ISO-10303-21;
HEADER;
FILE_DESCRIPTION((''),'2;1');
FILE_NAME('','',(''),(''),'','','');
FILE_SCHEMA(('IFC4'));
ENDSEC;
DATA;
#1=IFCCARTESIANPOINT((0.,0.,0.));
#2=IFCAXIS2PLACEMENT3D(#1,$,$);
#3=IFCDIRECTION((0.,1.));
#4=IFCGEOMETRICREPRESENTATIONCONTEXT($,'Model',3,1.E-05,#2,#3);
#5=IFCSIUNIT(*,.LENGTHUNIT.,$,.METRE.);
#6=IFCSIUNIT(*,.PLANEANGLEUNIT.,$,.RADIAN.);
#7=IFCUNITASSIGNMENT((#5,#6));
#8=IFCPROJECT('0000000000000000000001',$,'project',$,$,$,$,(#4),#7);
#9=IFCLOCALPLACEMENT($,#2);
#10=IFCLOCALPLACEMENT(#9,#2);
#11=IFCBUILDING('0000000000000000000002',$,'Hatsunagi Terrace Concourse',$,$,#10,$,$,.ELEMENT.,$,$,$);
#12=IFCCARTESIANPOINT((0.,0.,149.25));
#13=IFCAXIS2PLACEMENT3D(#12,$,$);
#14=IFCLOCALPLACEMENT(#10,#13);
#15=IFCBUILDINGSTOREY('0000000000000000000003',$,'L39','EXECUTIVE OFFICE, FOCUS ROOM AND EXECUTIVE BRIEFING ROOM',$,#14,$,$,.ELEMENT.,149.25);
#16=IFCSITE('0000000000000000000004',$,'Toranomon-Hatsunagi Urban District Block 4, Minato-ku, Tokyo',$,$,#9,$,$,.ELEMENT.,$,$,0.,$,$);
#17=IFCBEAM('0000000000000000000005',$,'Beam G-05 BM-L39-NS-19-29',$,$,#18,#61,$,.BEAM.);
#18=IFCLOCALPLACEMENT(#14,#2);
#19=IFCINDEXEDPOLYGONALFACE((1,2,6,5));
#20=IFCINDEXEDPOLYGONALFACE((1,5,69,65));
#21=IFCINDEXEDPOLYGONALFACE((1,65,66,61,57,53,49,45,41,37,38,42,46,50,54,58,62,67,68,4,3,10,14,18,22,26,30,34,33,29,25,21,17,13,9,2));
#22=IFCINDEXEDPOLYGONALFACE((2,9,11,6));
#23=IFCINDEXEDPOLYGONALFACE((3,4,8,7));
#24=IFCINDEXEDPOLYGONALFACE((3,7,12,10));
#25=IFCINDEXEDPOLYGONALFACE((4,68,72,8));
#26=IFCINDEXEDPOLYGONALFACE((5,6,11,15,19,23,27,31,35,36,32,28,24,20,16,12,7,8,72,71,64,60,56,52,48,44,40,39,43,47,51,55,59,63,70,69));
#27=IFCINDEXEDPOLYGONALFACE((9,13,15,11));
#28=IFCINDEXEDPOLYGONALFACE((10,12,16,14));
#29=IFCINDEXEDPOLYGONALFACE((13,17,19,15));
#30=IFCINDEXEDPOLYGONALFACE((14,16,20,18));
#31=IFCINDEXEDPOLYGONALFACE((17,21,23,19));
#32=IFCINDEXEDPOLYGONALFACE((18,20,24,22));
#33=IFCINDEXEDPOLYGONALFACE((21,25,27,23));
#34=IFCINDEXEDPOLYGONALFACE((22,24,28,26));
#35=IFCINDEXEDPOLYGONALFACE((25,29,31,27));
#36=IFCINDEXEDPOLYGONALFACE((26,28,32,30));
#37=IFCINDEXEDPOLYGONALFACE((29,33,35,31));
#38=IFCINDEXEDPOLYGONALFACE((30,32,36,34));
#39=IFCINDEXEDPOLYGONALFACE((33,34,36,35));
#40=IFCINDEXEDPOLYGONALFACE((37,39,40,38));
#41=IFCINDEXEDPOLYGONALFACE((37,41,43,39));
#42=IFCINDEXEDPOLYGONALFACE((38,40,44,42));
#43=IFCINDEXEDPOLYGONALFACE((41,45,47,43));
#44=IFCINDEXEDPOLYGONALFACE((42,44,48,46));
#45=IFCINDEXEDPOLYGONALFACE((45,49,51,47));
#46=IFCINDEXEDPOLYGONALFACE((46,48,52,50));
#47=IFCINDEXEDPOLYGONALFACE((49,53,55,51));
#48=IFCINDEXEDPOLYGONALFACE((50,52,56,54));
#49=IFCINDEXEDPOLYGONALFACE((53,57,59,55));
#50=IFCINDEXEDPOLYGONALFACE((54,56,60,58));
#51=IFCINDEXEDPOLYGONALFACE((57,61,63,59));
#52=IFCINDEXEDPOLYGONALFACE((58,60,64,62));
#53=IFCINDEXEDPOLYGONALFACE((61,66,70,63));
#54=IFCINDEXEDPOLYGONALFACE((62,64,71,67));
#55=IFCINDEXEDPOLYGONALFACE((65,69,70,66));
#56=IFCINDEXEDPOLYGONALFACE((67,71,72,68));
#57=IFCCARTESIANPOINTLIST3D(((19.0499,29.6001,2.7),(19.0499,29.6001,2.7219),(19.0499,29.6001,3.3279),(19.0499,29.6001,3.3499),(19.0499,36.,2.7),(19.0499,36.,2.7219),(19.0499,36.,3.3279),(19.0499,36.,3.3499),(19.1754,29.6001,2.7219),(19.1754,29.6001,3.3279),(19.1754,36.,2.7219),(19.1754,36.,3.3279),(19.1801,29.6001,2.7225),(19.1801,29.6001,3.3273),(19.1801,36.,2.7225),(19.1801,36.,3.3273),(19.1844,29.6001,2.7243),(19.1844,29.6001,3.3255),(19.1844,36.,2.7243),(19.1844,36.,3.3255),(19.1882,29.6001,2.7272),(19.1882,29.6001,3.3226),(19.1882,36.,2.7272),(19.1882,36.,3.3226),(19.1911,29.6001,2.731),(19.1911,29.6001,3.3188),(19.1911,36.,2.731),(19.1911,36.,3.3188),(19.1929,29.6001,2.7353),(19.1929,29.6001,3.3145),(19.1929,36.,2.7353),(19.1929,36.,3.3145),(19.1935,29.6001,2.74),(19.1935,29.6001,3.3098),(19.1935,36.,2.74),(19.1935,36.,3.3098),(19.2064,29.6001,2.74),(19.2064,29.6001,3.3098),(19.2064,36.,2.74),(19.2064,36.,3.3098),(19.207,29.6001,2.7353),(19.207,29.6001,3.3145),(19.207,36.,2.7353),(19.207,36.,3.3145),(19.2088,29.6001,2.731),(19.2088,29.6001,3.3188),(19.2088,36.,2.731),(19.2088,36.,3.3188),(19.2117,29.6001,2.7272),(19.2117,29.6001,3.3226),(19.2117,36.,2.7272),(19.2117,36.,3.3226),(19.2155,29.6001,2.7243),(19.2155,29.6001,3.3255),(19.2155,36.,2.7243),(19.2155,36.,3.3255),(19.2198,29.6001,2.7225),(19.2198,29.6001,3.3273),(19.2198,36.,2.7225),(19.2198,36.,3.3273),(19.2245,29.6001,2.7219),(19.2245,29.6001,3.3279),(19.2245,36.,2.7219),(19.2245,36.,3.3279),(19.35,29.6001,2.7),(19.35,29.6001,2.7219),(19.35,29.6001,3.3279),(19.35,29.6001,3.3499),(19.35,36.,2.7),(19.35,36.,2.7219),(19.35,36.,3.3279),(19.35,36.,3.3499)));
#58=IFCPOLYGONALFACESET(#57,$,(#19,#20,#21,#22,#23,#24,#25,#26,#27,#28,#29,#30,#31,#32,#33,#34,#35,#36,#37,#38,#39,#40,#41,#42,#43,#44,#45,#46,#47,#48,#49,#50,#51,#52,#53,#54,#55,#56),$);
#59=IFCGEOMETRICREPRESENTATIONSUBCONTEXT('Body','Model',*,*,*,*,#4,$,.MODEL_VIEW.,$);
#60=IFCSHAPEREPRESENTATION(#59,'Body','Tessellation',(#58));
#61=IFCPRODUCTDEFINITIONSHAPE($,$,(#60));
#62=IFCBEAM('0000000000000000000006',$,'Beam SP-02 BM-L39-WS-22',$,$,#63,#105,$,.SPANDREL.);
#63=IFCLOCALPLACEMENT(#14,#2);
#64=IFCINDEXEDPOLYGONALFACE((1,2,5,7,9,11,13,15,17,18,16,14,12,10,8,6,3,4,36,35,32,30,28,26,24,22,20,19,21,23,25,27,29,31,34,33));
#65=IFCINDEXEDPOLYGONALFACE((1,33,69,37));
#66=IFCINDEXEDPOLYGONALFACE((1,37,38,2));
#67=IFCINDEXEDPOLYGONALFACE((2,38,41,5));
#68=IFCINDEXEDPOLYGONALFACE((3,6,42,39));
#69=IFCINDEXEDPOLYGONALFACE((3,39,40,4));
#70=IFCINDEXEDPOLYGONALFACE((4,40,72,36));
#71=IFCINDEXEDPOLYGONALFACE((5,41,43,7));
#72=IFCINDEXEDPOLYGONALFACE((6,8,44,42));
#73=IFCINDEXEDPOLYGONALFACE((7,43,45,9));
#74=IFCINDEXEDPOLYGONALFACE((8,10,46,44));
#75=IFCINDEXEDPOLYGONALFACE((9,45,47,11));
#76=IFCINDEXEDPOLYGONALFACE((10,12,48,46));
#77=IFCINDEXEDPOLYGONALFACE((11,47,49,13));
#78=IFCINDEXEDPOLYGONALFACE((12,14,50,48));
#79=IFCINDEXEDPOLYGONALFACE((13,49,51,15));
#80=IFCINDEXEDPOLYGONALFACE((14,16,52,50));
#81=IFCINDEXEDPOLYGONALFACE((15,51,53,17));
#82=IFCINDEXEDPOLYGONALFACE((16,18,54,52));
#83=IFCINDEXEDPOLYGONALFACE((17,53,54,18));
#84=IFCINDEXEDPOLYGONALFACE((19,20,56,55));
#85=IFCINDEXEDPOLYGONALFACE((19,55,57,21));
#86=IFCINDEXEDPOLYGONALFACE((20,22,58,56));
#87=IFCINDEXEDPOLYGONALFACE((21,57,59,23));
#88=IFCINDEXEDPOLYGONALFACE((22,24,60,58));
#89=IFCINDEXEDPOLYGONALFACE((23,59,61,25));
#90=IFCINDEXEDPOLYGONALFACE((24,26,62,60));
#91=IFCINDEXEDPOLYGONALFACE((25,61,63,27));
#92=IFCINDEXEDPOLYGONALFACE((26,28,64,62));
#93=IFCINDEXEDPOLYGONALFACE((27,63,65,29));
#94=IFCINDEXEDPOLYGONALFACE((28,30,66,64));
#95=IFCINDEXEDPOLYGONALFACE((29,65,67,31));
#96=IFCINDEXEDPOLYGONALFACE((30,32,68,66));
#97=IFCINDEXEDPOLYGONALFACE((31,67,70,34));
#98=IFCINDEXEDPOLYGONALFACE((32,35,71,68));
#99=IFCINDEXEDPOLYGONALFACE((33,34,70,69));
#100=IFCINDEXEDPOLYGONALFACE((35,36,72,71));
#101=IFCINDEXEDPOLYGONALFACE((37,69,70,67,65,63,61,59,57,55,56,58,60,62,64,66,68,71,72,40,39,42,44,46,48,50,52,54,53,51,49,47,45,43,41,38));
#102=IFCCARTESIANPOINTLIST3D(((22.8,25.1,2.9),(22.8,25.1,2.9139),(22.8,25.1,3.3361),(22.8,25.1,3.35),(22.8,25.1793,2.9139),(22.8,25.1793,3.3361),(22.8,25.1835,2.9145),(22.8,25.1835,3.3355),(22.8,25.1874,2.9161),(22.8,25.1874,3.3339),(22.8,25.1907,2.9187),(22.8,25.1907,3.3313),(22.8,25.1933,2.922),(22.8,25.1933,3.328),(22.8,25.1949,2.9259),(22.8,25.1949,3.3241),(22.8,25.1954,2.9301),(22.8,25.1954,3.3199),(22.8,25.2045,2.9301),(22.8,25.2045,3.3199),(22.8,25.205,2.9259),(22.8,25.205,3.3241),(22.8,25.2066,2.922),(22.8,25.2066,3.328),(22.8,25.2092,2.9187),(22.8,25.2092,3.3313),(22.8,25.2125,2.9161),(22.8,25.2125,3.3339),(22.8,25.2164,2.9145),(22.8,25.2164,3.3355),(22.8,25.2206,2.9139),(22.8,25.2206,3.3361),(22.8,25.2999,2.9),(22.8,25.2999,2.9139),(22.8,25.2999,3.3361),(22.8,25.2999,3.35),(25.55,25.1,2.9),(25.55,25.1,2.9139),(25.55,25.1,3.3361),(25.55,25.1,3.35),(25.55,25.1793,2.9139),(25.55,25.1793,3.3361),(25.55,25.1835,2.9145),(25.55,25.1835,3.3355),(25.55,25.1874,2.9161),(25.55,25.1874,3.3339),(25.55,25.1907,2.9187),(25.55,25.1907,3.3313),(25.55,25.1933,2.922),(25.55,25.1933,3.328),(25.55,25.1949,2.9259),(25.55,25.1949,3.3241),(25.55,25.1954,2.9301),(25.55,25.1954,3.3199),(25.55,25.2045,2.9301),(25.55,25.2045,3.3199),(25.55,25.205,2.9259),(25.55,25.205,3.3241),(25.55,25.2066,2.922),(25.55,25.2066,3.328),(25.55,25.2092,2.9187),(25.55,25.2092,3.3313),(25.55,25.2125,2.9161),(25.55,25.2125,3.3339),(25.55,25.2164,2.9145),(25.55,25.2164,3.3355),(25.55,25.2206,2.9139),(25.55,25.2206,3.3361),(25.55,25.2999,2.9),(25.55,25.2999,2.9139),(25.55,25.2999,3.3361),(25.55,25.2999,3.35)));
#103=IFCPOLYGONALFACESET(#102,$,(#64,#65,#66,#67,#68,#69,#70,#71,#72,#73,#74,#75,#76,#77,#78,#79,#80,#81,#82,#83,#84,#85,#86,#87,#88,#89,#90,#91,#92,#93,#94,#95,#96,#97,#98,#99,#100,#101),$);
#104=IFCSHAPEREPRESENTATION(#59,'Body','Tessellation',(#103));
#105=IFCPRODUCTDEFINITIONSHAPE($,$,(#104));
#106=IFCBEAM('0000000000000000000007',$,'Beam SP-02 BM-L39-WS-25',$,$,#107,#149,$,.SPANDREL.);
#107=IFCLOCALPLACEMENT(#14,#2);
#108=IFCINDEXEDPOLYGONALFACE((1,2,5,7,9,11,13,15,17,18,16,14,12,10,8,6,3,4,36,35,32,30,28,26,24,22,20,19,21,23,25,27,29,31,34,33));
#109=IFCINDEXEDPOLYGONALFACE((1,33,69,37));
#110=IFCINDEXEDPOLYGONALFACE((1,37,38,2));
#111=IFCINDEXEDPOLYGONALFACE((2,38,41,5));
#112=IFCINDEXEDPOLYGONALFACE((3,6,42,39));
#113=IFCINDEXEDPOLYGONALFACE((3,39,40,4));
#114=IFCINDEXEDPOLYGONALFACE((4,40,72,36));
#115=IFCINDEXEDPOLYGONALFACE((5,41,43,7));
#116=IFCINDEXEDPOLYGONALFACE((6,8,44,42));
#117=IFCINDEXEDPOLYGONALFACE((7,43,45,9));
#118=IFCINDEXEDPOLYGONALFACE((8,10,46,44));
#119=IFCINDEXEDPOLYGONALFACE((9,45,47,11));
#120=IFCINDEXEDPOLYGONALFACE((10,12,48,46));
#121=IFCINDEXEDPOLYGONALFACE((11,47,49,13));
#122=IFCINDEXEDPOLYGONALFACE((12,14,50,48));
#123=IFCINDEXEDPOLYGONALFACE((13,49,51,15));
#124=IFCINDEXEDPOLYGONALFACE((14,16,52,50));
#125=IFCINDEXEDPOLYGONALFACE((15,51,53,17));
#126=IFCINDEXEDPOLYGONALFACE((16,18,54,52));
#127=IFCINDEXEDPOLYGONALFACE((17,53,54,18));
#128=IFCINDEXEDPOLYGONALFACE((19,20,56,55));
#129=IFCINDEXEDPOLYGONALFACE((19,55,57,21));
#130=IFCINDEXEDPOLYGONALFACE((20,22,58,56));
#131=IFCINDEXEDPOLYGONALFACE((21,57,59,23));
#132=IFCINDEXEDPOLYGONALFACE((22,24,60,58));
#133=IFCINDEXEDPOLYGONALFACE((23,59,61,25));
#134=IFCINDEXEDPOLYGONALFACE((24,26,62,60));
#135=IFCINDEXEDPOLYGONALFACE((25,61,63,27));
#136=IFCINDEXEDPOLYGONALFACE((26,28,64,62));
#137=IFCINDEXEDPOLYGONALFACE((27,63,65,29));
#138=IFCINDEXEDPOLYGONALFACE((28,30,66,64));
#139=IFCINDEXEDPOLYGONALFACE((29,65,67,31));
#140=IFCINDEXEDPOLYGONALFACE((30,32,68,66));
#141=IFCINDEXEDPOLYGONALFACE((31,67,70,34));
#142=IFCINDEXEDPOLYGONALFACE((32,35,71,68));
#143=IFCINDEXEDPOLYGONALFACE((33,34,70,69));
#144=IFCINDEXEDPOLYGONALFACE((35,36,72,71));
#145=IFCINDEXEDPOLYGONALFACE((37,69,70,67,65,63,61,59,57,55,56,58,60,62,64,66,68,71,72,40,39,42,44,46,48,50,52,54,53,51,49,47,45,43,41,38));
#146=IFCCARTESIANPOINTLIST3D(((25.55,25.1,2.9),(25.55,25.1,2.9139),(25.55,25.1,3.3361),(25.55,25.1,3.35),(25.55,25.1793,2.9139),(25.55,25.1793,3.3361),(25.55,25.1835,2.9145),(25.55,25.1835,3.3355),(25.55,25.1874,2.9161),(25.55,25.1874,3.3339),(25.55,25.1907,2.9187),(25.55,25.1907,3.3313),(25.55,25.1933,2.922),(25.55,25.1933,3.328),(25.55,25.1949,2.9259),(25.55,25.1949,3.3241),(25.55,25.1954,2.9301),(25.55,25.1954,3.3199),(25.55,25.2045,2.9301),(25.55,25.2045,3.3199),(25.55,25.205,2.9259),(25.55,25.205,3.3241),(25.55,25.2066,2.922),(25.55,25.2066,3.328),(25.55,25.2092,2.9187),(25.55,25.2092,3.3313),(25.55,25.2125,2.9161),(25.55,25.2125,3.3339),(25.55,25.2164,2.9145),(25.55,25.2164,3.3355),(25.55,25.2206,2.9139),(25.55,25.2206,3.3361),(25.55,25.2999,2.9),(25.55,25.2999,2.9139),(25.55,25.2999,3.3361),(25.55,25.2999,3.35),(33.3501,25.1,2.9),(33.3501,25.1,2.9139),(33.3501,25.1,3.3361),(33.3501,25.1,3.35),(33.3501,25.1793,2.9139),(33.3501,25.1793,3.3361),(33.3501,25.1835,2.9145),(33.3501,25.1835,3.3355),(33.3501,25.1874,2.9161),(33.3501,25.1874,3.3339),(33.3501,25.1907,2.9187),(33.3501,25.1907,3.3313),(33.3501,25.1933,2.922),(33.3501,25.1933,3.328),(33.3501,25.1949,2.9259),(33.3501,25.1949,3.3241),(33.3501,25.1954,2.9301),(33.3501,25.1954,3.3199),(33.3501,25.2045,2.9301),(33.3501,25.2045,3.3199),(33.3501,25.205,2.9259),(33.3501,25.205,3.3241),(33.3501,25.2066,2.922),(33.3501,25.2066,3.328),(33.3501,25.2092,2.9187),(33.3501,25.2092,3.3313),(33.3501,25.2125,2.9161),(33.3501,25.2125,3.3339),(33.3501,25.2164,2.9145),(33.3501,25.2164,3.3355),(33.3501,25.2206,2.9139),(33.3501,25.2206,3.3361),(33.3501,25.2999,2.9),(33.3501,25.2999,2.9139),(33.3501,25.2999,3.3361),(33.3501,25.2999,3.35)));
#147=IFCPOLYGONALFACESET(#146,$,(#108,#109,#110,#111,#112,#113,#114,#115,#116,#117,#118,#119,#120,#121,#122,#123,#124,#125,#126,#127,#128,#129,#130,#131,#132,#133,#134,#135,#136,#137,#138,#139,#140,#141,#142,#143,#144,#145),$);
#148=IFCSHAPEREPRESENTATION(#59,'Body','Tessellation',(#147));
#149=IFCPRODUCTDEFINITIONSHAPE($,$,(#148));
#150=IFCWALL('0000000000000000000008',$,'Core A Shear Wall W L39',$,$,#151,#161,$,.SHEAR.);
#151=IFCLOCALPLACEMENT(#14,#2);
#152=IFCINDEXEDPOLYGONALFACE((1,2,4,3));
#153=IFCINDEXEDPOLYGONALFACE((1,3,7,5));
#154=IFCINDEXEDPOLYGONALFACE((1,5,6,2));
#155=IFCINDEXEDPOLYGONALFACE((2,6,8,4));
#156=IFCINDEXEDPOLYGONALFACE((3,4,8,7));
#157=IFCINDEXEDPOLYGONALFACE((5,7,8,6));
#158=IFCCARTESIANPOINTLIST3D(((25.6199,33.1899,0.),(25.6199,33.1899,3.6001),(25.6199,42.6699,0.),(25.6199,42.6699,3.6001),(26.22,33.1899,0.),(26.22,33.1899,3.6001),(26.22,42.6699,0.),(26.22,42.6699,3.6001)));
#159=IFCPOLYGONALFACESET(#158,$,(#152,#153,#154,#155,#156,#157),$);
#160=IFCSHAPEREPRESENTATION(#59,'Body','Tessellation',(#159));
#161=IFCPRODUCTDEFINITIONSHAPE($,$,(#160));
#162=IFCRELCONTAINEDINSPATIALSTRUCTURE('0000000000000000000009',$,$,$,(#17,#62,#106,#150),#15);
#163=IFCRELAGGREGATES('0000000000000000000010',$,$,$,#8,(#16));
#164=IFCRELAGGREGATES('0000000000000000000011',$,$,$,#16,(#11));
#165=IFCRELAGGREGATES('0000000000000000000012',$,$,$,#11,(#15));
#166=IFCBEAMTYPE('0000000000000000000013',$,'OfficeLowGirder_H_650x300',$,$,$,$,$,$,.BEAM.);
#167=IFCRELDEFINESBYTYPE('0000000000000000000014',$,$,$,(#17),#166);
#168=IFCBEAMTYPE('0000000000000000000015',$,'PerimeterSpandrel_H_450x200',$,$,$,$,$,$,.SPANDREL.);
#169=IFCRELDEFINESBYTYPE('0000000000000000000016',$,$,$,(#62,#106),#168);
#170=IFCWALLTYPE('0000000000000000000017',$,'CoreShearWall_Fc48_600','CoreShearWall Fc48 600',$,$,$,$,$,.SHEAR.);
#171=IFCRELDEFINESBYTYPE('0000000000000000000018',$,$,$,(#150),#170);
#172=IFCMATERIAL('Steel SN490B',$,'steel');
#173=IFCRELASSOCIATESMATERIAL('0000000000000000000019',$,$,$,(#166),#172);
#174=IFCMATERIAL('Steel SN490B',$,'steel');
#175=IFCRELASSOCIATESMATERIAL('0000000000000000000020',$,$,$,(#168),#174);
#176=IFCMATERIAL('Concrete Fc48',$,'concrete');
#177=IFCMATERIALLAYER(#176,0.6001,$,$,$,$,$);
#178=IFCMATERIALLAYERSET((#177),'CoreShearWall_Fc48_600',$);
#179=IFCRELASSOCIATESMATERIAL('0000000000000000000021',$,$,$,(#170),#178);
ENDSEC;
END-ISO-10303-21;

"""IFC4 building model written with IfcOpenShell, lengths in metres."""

from ifc_helpers import new_model, si_unit, direction, frame, frame_2d, origin, origin_2d, place, context, subcontext, project, spatial, rectangle, i_section, extrude, material, layer, layer_set, material_profile, profile_set, type_object, element, save


model = new_model("IFC4")

# Units and contexts
model_context = context("Model", 3, precision=1e-05, world=origin(), true_north=direction((0.0, 1.0)))
body_context = subcontext(model_context, "Body", "Model", "MODEL_VIEW")
ifc_project = project(units=[si_unit("LENGTHUNIT", "METRE"), si_unit("PLANEANGLEUNIT", "RADIAN")], contexts=[model_context])

# Site, building, storey
site_placement = place(None, origin())
site = spatial("IfcSite", under=ifc_project, at=site_placement, Name="Toranomon-Hatsunagi Urban District Block 4, Minato-ku, Tokyo", CompositionType="ELEMENT", RefElevation=0.0)
building_placement = place(site_placement, origin())
building = spatial("IfcBuilding", under=site, at=building_placement, Name="Hatsunagi Terrace Concourse", CompositionType="ELEMENT")
storey_placement = place(building_placement, frame((0.0, 0.0, 149.25)))
storey = spatial("IfcBuildingStorey", under=building, at=storey_placement, Name="L39", Description="EXECUTIVE OFFICE, FOCUS ROOM AND EXECUTIVE BRIEFING ROOM", CompositionType="ELEMENT", Elevation=149.25)

# Beams
ifc_material_1 = material(Name="Steel SN490B", Category="steel")
ifc_material_profile_1 = material_profile(ifc_material_1, i_section(OverallWidth=0.3, OverallDepth=0.6499, WebThickness=0.0129, FlangeThickness=0.022, FilletRadius=0.0181, at=origin_2d()), Name="H-650x300x13x22")
ifc_profile_set_1 = profile_set([ifc_material_profile_1], Name="Steel SN490B")
beam_type_1 = type_object("IfcBeamType", Name="OfficeLowGirder_H_650x300", PredefinedType="BEAM", material=ifc_profile_set_1)
beam_1_placement = place(storey_placement, frame((19.2, 29.6001, 3.0249), z_axis=(0.0, 1.0, 0.0), x_axis=(-1.0, 0.0, 0.0)))
element("IfcBeam", 1, at=beam_1_placement, inside=storey, type_object=beam_type_1, Name="Beam G-05 BM-L39-NS-19-29", PredefinedType="BEAM", context=body_context, shape_type="SweptSolid", body=[
    extrude(i_section(OverallWidth=0.3, OverallDepth=0.6499, WebThickness=0.0129, FlangeThickness=0.022, FilletRadius=0.0181, at=origin_2d()), origin(), (0.0, 0.0, 1.0), 6.3999),
])
ifc_material_2 = material(Name="Steel SN490B", Category="steel")
ifc_material_profile_2 = material_profile(ifc_material_2, i_section(OverallWidth=0.2, OverallDepth=0.45, WebThickness=0.009, FlangeThickness=0.0139, FilletRadius=0.0161, at=origin_2d()), Name="H-450x200x9x14")
ifc_profile_set_2 = profile_set([ifc_material_profile_2], Name="Steel SN490B")
beam_type_2 = type_object("IfcBeamType", Name="PerimeterSpandrel_H_450x200", PredefinedType="SPANDREL", material=ifc_profile_set_2)
beam_2_placement = place(storey_placement, frame((22.8, 25.2, 3.125), z_axis=(1.0, 0.0, 0.0), x_axis=(0.0, 1.0, 0.0)))
element("IfcBeam", 2, at=beam_2_placement, inside=storey, type_object=beam_type_2, Name="Beam SP-02 BM-L39-WS-22", PredefinedType="SPANDREL", context=body_context, shape_type="SweptSolid", body=[
    extrude(i_section(OverallWidth=0.2, OverallDepth=0.45, WebThickness=0.009, FlangeThickness=0.0139, FilletRadius=0.0161, at=origin_2d()), origin(), (0.0, 0.0, 1.0), 2.75),
])
beam_3_placement = place(storey_placement, frame((25.55, 25.2, 3.125), z_axis=(1.0, 0.0, 0.0), x_axis=(0.0, 1.0, 0.0)))
element("IfcBeam", 3, at=beam_3_placement, inside=storey, type_object=beam_type_2, Name="Beam SP-02 BM-L39-WS-25", PredefinedType="SPANDREL", context=body_context, shape_type="SweptSolid", body=[
    extrude(i_section(OverallWidth=0.2, OverallDepth=0.45, WebThickness=0.009, FlangeThickness=0.0139, FilletRadius=0.0161, at=origin_2d()), origin(), (0.0, 0.0, 1.0), 7.8),
])

# Shared definitions
ifc_material_3 = material(Name="Concrete Fc48", Category="concrete")
ifc_layer_1 = layer(ifc_material_3, 0.6001)
ifc_layer_set_1 = layer_set([ifc_layer_1], Name="CoreShearWall_Fc48_600")
wall_type_1 = type_object("IfcWallType", Name="CoreShearWall_Fc48_600", Description="CoreShearWall Fc48 600", PredefinedType="SHEAR", material=ifc_layer_set_1)

# Wall
wall_1_placement = place(storey_placement, frame((25.9199, 33.1899, 0.0), z_axis=(0.0, 0.0, 1.0), x_axis=(0.0, 1.0, 0.0)))
element("IfcWall", 4, at=wall_1_placement, inside=storey, type_object=wall_type_1, Name="Core A Shear Wall W L39", PredefinedType="SHEAR", context=body_context, shape_type="SweptSolid", body=[
    extrude(rectangle(XDim=9.48, YDim=0.6001, at=frame_2d((4.74, 0.0))), origin(), (0.0, 0.0, 1.0), 3.6001),
])

save(model, "model.ifc")
